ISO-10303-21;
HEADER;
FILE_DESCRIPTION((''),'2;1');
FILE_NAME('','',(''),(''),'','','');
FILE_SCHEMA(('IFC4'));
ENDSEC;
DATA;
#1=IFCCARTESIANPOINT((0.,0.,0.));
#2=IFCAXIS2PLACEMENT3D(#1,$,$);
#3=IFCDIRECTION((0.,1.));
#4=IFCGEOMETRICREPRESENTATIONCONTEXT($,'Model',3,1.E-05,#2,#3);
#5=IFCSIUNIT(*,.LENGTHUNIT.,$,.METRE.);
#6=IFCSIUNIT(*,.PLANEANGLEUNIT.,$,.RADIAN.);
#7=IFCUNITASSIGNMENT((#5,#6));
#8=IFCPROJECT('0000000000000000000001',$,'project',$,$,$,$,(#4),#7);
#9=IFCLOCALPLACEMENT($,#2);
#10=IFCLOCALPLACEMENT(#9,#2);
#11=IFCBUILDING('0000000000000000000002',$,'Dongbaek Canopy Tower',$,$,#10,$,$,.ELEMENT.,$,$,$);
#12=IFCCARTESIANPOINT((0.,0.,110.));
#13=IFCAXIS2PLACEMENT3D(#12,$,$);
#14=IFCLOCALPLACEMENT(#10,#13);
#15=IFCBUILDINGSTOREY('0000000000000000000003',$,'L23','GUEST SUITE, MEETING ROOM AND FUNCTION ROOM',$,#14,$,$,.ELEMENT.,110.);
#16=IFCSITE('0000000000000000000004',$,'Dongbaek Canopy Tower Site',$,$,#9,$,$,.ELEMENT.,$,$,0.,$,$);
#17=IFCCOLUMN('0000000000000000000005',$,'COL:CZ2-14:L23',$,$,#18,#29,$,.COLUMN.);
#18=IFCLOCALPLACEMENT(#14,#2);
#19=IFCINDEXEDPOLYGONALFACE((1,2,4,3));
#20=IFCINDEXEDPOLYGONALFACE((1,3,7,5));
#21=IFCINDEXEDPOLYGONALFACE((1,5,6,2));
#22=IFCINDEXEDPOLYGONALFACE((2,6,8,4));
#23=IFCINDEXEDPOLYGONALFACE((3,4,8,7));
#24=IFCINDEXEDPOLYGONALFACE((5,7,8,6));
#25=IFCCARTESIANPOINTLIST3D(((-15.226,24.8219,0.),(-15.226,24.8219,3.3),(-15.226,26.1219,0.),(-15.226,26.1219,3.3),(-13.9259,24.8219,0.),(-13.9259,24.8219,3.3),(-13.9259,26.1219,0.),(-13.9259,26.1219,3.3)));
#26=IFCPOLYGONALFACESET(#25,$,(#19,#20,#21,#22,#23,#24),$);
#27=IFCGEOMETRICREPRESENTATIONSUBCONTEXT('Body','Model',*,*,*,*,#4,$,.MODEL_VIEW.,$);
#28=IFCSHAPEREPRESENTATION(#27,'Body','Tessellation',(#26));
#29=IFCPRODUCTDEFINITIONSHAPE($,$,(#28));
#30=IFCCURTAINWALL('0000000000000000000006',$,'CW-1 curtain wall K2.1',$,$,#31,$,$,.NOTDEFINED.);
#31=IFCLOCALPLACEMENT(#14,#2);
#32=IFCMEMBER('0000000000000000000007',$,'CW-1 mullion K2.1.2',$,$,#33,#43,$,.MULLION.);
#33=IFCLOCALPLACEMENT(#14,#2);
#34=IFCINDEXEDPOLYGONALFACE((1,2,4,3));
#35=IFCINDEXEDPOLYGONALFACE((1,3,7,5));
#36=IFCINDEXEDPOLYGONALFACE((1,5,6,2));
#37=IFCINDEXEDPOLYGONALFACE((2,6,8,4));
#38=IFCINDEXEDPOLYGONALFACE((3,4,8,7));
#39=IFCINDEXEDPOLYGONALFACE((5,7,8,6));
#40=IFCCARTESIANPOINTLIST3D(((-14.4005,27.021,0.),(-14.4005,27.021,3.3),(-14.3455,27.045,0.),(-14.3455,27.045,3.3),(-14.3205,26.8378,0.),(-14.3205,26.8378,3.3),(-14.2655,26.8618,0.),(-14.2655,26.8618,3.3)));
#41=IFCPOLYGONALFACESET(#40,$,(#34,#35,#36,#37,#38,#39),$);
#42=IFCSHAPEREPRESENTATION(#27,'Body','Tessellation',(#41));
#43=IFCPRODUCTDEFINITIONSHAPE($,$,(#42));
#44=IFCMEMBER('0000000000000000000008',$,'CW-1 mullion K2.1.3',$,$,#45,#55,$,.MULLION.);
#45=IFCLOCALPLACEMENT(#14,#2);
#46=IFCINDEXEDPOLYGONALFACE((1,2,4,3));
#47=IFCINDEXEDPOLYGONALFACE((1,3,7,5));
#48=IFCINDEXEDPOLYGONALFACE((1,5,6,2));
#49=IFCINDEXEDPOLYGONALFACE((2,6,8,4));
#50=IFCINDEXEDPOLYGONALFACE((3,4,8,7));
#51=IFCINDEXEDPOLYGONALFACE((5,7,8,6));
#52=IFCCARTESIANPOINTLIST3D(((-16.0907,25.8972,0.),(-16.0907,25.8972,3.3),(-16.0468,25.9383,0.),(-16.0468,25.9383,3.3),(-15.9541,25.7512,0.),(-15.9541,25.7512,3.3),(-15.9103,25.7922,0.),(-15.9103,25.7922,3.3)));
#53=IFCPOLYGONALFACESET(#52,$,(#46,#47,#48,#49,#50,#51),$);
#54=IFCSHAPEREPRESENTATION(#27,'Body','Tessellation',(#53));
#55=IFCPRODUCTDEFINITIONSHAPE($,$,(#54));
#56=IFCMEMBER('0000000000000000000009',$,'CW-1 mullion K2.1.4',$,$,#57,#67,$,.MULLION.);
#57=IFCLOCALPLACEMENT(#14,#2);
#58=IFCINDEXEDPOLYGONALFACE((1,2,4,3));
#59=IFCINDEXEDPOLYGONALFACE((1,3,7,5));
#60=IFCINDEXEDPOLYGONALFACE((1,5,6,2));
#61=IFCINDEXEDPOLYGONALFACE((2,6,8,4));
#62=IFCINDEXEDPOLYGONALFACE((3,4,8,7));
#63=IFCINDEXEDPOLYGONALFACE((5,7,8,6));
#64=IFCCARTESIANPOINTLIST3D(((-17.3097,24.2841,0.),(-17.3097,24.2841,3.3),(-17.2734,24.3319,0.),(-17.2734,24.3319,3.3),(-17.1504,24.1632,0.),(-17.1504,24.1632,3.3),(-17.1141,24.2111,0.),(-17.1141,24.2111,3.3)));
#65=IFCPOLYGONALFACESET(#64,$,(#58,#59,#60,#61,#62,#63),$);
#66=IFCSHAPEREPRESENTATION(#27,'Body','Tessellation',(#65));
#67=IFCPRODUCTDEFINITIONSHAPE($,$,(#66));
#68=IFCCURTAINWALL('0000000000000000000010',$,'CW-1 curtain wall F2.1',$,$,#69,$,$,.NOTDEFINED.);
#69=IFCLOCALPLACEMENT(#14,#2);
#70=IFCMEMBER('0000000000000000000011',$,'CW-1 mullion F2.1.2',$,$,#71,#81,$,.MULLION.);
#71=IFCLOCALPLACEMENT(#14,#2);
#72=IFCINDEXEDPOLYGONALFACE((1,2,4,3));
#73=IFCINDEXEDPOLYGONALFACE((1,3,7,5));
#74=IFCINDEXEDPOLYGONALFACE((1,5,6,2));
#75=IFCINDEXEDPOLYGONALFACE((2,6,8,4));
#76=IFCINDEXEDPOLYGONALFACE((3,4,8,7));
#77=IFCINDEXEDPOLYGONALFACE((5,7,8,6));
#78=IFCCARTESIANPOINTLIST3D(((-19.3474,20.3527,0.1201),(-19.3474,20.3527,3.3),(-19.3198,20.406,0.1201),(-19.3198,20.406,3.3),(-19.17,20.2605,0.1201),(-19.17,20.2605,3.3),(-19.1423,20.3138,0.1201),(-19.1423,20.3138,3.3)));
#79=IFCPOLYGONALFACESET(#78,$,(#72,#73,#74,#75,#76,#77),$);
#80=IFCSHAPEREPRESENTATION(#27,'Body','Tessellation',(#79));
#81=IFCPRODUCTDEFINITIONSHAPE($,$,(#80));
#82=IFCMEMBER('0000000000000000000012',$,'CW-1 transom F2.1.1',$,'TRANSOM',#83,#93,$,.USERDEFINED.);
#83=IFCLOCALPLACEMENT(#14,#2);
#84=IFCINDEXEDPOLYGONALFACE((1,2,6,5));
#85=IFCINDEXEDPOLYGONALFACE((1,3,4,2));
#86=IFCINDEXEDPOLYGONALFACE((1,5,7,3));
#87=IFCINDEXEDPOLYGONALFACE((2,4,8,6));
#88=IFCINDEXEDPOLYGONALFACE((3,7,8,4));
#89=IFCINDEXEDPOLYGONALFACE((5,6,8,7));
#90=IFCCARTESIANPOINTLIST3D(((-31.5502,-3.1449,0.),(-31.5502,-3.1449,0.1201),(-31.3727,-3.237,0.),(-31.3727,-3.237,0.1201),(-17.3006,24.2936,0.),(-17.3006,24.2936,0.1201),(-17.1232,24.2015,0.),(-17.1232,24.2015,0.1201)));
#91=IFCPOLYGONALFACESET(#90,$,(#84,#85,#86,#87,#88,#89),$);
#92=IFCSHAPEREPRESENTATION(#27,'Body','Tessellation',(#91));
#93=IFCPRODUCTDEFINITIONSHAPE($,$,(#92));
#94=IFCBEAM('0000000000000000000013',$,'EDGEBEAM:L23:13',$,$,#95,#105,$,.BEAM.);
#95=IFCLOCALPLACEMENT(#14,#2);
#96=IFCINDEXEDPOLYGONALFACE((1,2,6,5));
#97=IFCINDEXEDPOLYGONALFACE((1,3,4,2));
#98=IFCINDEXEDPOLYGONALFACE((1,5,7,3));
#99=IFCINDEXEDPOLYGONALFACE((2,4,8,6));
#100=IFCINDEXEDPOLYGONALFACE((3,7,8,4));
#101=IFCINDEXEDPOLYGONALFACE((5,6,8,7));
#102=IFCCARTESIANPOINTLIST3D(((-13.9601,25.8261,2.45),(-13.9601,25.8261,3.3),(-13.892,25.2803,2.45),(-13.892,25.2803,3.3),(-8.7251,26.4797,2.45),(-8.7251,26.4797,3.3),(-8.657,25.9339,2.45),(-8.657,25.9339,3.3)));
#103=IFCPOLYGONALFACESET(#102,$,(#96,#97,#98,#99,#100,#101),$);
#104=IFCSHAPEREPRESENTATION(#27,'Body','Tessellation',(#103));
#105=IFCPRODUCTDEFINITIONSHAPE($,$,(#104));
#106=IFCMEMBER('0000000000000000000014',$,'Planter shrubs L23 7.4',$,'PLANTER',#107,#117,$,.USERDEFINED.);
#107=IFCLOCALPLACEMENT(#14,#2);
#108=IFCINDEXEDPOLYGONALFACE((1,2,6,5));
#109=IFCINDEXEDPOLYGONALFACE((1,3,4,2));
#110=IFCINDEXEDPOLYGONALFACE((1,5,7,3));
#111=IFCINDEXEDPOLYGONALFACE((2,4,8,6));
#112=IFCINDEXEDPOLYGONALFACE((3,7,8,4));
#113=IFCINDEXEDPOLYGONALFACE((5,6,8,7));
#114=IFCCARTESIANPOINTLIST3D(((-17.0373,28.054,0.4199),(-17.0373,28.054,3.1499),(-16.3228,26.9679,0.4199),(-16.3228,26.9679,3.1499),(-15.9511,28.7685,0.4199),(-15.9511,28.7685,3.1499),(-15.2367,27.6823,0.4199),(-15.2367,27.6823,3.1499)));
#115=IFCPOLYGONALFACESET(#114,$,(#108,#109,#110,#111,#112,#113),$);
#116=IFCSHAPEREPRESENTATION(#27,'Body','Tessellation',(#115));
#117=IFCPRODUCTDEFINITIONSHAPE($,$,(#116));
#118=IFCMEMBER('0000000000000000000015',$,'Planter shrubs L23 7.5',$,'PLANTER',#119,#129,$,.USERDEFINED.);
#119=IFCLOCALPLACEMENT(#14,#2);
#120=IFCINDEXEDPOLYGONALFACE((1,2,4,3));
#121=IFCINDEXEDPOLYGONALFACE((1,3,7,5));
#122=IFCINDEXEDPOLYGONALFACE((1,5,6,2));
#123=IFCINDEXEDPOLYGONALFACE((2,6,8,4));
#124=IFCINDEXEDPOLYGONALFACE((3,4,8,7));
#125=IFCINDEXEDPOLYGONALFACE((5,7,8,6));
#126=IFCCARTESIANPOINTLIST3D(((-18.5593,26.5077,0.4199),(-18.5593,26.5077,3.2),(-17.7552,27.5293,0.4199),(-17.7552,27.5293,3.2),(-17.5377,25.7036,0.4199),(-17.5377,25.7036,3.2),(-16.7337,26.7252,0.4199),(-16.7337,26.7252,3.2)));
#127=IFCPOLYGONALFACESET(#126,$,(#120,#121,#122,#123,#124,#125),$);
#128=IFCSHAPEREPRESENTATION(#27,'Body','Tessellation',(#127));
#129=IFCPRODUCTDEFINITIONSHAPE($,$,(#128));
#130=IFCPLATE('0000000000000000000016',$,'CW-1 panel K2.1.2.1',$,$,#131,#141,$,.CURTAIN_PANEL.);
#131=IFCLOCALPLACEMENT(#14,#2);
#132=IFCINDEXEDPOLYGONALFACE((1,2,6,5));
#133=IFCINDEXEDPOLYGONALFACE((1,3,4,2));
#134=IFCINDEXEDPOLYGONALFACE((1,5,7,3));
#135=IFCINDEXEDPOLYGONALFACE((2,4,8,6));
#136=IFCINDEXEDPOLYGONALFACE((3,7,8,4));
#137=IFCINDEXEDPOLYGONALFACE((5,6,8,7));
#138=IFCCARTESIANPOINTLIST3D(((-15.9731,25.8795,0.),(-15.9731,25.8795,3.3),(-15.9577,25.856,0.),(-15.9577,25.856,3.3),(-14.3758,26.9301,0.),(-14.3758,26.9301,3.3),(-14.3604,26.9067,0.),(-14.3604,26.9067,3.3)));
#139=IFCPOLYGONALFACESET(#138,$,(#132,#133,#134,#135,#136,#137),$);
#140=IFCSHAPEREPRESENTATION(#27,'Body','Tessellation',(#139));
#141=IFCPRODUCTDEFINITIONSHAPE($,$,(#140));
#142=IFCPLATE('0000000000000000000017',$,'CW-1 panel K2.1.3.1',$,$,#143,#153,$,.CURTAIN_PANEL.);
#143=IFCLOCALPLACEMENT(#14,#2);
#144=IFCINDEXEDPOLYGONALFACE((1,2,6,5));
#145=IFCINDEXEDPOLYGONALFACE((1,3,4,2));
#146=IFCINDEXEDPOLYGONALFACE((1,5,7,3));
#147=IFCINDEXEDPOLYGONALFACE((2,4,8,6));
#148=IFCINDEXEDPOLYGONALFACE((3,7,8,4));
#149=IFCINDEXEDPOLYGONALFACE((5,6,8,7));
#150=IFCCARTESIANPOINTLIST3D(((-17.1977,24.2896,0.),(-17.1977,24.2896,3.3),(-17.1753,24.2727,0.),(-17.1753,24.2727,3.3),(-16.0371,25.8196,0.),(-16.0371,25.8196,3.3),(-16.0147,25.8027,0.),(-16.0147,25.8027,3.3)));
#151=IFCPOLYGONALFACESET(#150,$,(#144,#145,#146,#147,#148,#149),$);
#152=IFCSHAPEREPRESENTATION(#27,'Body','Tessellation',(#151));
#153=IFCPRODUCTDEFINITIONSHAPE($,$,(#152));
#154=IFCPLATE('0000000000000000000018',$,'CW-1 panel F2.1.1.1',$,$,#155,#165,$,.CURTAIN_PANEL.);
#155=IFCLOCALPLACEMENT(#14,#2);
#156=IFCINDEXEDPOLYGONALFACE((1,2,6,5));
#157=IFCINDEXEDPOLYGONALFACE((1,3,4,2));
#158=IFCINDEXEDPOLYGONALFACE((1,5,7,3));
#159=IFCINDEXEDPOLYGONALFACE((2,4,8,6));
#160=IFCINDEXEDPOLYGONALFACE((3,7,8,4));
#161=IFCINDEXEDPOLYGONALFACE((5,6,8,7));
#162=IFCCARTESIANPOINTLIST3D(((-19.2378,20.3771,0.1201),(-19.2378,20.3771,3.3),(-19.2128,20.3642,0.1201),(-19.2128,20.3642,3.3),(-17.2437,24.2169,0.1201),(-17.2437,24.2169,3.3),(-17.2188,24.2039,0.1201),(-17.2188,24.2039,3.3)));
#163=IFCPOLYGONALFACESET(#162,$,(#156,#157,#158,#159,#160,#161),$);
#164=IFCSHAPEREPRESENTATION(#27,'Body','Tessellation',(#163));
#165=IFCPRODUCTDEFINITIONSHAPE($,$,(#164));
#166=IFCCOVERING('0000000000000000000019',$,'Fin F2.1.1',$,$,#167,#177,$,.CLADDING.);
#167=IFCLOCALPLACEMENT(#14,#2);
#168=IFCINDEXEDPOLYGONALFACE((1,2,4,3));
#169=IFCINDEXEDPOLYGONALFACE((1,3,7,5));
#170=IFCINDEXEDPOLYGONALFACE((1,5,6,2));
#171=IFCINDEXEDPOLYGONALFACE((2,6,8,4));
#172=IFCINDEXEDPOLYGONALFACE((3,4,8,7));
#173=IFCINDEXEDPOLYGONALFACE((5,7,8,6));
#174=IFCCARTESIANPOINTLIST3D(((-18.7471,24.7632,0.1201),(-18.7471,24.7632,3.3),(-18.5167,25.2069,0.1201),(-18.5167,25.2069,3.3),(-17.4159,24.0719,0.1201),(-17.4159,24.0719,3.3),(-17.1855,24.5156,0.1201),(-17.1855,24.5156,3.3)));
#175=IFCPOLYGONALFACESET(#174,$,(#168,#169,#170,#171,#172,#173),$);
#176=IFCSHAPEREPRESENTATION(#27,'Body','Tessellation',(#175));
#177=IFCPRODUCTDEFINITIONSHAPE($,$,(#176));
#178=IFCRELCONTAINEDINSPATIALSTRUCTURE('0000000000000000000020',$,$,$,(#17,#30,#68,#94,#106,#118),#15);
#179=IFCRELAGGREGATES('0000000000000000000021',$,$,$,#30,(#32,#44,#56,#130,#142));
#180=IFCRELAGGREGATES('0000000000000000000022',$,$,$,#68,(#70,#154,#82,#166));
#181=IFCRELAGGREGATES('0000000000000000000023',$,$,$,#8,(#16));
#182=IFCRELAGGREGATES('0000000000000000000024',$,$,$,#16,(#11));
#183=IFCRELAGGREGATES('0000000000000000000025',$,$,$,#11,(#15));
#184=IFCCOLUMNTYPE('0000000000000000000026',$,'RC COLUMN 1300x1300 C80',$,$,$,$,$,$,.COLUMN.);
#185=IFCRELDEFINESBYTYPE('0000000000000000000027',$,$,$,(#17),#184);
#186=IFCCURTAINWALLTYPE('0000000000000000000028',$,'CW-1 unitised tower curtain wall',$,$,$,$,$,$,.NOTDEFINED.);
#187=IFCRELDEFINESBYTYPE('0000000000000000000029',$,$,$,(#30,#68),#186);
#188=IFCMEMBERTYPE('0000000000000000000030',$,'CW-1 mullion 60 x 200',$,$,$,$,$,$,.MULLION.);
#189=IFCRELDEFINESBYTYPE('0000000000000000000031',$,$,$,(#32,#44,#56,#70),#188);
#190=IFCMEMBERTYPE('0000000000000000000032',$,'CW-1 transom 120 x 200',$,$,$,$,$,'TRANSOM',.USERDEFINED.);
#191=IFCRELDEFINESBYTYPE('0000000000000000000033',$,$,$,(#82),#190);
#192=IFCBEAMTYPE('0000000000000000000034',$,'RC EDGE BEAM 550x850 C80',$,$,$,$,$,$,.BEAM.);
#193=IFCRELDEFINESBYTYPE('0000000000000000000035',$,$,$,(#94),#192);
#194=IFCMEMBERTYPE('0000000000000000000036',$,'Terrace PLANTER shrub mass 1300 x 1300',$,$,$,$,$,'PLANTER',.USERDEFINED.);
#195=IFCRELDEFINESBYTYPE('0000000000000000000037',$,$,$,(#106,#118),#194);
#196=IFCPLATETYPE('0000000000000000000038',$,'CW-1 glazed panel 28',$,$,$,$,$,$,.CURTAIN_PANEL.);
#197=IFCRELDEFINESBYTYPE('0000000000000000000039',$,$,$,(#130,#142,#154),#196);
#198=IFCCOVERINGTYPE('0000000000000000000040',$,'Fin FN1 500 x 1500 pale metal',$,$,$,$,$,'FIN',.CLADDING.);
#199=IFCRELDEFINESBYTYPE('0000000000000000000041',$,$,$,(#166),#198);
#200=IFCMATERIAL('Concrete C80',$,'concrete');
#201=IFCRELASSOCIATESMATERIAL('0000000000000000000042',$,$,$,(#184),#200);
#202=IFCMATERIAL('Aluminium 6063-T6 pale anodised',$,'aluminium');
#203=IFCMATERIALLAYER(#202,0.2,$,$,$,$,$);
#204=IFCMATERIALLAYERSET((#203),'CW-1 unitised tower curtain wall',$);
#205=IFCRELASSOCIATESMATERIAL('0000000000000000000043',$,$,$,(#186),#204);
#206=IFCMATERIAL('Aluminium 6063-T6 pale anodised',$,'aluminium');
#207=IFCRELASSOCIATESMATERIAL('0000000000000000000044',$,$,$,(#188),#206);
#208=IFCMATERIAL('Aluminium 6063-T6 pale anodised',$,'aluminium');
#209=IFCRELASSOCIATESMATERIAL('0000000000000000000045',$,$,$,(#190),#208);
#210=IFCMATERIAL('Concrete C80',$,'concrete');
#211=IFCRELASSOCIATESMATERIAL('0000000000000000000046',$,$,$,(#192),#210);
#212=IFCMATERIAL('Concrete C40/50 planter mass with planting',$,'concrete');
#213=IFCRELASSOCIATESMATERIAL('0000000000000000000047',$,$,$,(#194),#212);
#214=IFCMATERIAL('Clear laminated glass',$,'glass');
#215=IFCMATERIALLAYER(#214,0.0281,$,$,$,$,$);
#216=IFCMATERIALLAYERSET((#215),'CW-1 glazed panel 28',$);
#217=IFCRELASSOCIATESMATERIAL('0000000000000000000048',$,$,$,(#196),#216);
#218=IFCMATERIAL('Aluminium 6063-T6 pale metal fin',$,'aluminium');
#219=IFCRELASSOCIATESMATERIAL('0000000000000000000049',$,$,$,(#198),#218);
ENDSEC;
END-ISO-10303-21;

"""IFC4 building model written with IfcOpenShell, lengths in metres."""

from ifc_helpers import new_model, si_unit, direction, frame, origin, origin_2d, place, context, subcontext, project, spatial, rectangle, extrude, material, layer, layer_set, material_profile, profile_set, type_object, element, aggregate, save


model = new_model("IFC4")

# Units and contexts
model_context = context("Model", 3, precision=1e-05, world=origin(), true_north=direction((0.0, 1.0)))
body_context = subcontext(model_context, "Body", "Model", "MODEL_VIEW")
ifc_project = project(units=[si_unit("LENGTHUNIT", "METRE"), si_unit("PLANEANGLEUNIT", "RADIAN")], contexts=[model_context])

# Site, building, storey
site_placement = place(None, origin())
site = spatial("IfcSite", under=ifc_project, at=site_placement, Name="Dongbaek Canopy Tower Site", CompositionType="ELEMENT", RefElevation=0.0)
building_placement = place(site_placement, origin())
building = spatial("IfcBuilding", under=site, at=building_placement, Name="Dongbaek Canopy Tower", CompositionType="ELEMENT")
storey_placement = place(building_placement, frame((0.0, 0.0, 110.0)))
storey = spatial("IfcBuildingStorey", under=building, at=storey_placement, Name="L23", Description="GUEST SUITE, MEETING ROOM AND FUNCTION ROOM", CompositionType="ELEMENT", Elevation=110.0)

# Column
ifc_material_1 = material(Name="Concrete C80", Category="concrete")
ifc_material_profile_1 = material_profile(ifc_material_1, rectangle(XDim=1.3, YDim=1.3, at=origin_2d()), Name="RC COLUMN 1300x1300 C80")
ifc_profile_set_1 = profile_set([ifc_material_profile_1], Name="Concrete C80")
column_type = type_object("IfcColumnType", Name="RC COLUMN 1300x1300 C80", PredefinedType="COLUMN", material=ifc_profile_set_1)
column_placement = place(storey_placement, frame((-14.5759, 25.4719, 0.0), z_axis=(0.0, 0.0, 1.0), x_axis=(1.0, 0.0, 0.0)))
element("IfcColumn", 1, at=column_placement, inside=storey, type_object=column_type, Name="COL:CZ2-14:L23", PredefinedType="COLUMN", context=body_context, shape_type="SweptSolid", body=[
    extrude(rectangle(XDim=1.3, YDim=1.3, at=origin_2d()), origin(), (0.0, 0.0, 1.0), 3.3),
])

# Curtain walls, members
ifc_material_2 = material(Name="Aluminium 6063-T6 pale anodised", Category="aluminium")
ifc_layer_1 = layer(ifc_material_2, 0.2)
ifc_layer_set_1 = layer_set([ifc_layer_1], Name="CW-1 unitised tower curtain wall")
curtain_wall_type = type_object("IfcCurtainWallType", Name="CW-1 unitised tower curtain wall", PredefinedType="NOTDEFINED", material=ifc_layer_set_1)
curtain_wall_1_placement = place(storey_placement, origin())
curtain_wall_1 = element("IfcCurtainWall", 2, at=curtain_wall_1_placement, inside=storey, type_object=curtain_wall_type, Name="CW-1 curtain wall K2.1", PredefinedType="NOTDEFINED")
ifc_material_3 = material(Name="Aluminium 6063-T6 pale anodised", Category="aluminium")
ifc_material_profile_2 = material_profile(ifc_material_3, rectangle(XDim=0.2, YDim=0.0601, at=origin_2d()), Name="CW-1 mullion 60 x 200")
ifc_profile_set_2 = profile_set([ifc_material_profile_2], Name="Aluminium 6063-T6 pale anodised")
member_type_1 = type_object("IfcMemberType", Name="CW-1 mullion 60 x 200", PredefinedType="MULLION", material=ifc_profile_set_2)
member_1_placement = place(storey_placement, frame((-14.333, 26.9414, 0.0), z_axis=(0.0, 0.0, 1.0), x_axis=(-0.400265, 0.916399, 0.0)))
member_1 = element("IfcMember", 3, at=member_1_placement, type_object=member_type_1, Name="CW-1 mullion K2.1.2", PredefinedType="MULLION", context=body_context, shape_type="SweptSolid", body=[
    extrude(rectangle(XDim=0.2, YDim=0.0601, at=origin_2d()), origin(), (0.0, 0.0, 1.0), 3.3),
])
member_2_placement = place(storey_placement, frame((-16.0005, 25.8447, 0.0), z_axis=(0.0, 0.0, 1.0), x_axis=(-0.682961, 0.730455, 0.0)))
member_2 = element("IfcMember", 4, at=member_2_placement, type_object=member_type_1, Name="CW-1 mullion K2.1.3", PredefinedType="MULLION", context=body_context, shape_type="SweptSolid", body=[
    extrude(rectangle(XDim=0.2, YDim=0.0601, at=origin_2d()), origin(), (0.0, 0.0, 1.0), 3.3),
])
member_3_placement = place(storey_placement, frame((-17.2119, 24.2476, 0.0), z_axis=(0.0, 0.0, 1.0), x_axis=(-0.796696, 0.60438, 0.0)))
member_3 = element("IfcMember", 5, at=member_3_placement, type_object=member_type_1, Name="CW-1 mullion K2.1.4", PredefinedType="MULLION", context=body_context, shape_type="SweptSolid", body=[
    extrude(rectangle(XDim=0.2, YDim=0.0601, at=origin_2d()), origin(), (0.0, 0.0, 1.0), 3.3),
])
curtain_wall_2_placement = place(storey_placement, origin())
curtain_wall_2 = element("IfcCurtainWall", 6, at=curtain_wall_2_placement, inside=storey, type_object=curtain_wall_type, Name="CW-1 curtain wall F2.1", PredefinedType="NOTDEFINED")
member_4_placement = place(storey_placement, frame((-19.2449, 20.3333, 0.1201), z_axis=(0.0, 0.0, 1.0), x_axis=(-0.887463, 0.46088, 0.0)))
member_4 = element("IfcMember", 7, at=member_4_placement, type_object=member_type_1, Name="CW-1 mullion F2.1.2", PredefinedType="MULLION", context=body_context, shape_type="SweptSolid", body=[
    extrude(rectangle(XDim=0.2, YDim=0.0601, at=origin_2d()), origin(), (0.0, 0.0, 1.0), 3.1799),
])
ifc_material_4 = material(Name="Aluminium 6063-T6 pale anodised", Category="aluminium")
ifc_material_profile_3 = material_profile(ifc_material_4, rectangle(XDim=0.2, YDim=0.1201, at=origin_2d()), Name="CW-1 transom 120 x 200")
ifc_profile_set_3 = profile_set([ifc_material_profile_3], Name="Aluminium 6063-T6 pale anodised")
member_type_2 = type_object("IfcMemberType", Name="CW-1 transom 120 x 200", ElementType="TRANSOM", PredefinedType="USERDEFINED", material=ifc_profile_set_3)
member_5_placement = place(storey_placement, frame((-17.2119, 24.2476, 0.0601), z_axis=(-0.460882, -0.887462, 0.0), x_axis=(0.887462, -0.460882, 0.0)))
member_5 = element("IfcMember", 8, at=member_5_placement, type_object=member_type_2, Name="CW-1 transom F2.1.1", ObjectType="TRANSOM", PredefinedType="USERDEFINED", context=body_context, shape_type="SweptSolid", body=[
    extrude(rectangle(XDim=0.2, YDim=0.1201, at=origin_2d()), origin(), (0.0, 0.0, 1.0), 30.918),
])

# Beam
ifc_material_5 = material(Name="Concrete C80", Category="concrete")
ifc_material_profile_4 = material_profile(ifc_material_5, rectangle(XDim=0.55, YDim=0.8501, at=origin_2d()), Name="RC EDGE BEAM 550x850 C80")
ifc_profile_set_4 = profile_set([ifc_material_profile_4], Name="Concrete C80")
beam_type = type_object("IfcBeamType", Name="RC EDGE BEAM 550x850 C80", PredefinedType="BEAM", material=ifc_profile_set_4)
beam_placement = place(storey_placement, frame((-13.926, 25.5532, 2.875), z_axis=(0.992297, 0.123881, 0.0), x_axis=(-0.123881, 0.992297, 0.0)))
element("IfcBeam", 9, at=beam_placement, inside=storey, type_object=beam_type, Name="EDGEBEAM:L23:13", PredefinedType="BEAM", context=body_context, shape_type="SweptSolid", body=[
    extrude(rectangle(XDim=0.55, YDim=0.8501, at=origin_2d()), origin(), (0.0, 0.0, 1.0), 5.2756),
])

# Members
ifc_material_6 = material(Name="Concrete C40/50 planter mass with planting", Category="concrete")
ifc_material_profile_5 = material_profile(ifc_material_6, rectangle(XDim=1.3, YDim=1.3, at=origin_2d()), Name="Terrace PLANTER shrub mass 1300 x 1300")
ifc_profile_set_5 = profile_set([ifc_material_profile_5], Name="Concrete C40/50 planter mass with planting")
member_type_3 = type_object("IfcMemberType", Name="Terrace PLANTER shrub mass 1300 x 1300", ElementType="PLANTER", PredefinedType="USERDEFINED", material=ifc_profile_set_5)
member_6_placement = place(storey_placement, frame((-16.137, 27.8682, 0.4199), z_axis=(0.0, 0.0, 1.0), x_axis=(-0.549535, 0.835471, 0.0)))
element("IfcMember", 10, at=member_6_placement, inside=storey, type_object=member_type_3, Name="Planter shrubs L23 7.4", ObjectType="PLANTER", PredefinedType="USERDEFINED", context=body_context, shape_type="SweptSolid", body=[
    extrude(rectangle(XDim=1.3, YDim=1.3, at=origin_2d()), origin(), (0.0, 0.0, 1.0), 2.73),
])
member_7_placement = place(storey_placement, frame((-17.6465, 26.6165, 0.4199), z_axis=(0.0, 0.0, 1.0), x_axis=(-0.785794, 0.618489, 0.0)))
element("IfcMember", 11, at=member_7_placement, inside=storey, type_object=member_type_3, Name="Planter shrubs L23 7.5", ObjectType="PLANTER", PredefinedType="USERDEFINED", context=body_context, shape_type="SweptSolid", body=[
    extrude(rectangle(XDim=1.3, YDim=1.3, at=origin_2d()), origin(), (0.0, 0.0, 1.0), 2.78),
])

# Plates
ifc_material_7 = material(Name="Clear laminated glass", Category="glass")
ifc_layer_2 = layer(ifc_material_7, 0.0281)
ifc_layer_set_2 = layer_set([ifc_layer_2], Name="CW-1 glazed panel 28")
plate_type = type_object("IfcPlateType", Name="CW-1 glazed panel 28", PredefinedType="CURTAIN_PANEL", material=ifc_layer_set_2)
plate_1_placement = place(storey_placement, frame((-15.1667, 26.3931, 0.0), z_axis=(0.0, 0.0, 1.0), x_axis=(-0.835471, -0.549535, 0.0)))
plate_1 = element("IfcPlate", 12, at=plate_1_placement, type_object=plate_type, Name="CW-1 panel K2.1.2.1", PredefinedType="CURTAIN_PANEL", context=body_context, shape_type="SweptSolid", body=[
    extrude(rectangle(XDim=1.9119, YDim=0.0281, at=origin_2d()), origin(), (0.0, 0.0, 1.0), 3.3),
])
plate_2_placement = place(storey_placement, frame((-16.6062, 25.0461, 0.0), z_axis=(0.0, 0.0, 1.0), x_axis=(-0.60438, -0.796696, 0.0)))
plate_2 = element("IfcPlate", 13, at=plate_2_placement, type_object=plate_type, Name="CW-1 panel K2.1.3.1", PredefinedType="CURTAIN_PANEL", context=body_context, shape_type="SweptSolid", body=[
    extrude(rectangle(XDim=1.9204, YDim=0.0281, at=origin_2d()), origin(), (0.0, 0.0, 1.0), 3.3),
])
aggregate(curtain_wall_1, [member_1, member_2, member_3, plate_1, plate_2])
plate_3_placement = place(storey_placement, frame((-18.2283, 22.2905, 0.1201), z_axis=(0.0, 0.0, 1.0), x_axis=(-0.46088, -0.887463, 0.0)))
plate_3 = element("IfcPlate", 14, at=plate_3_placement, type_object=plate_type, Name="CW-1 panel F2.1.1.1", PredefinedType="CURTAIN_PANEL", context=body_context, shape_type="SweptSolid", body=[
    extrude(rectangle(XDim=4.3267, YDim=0.0281, at=origin_2d()), origin(), (0.0, 0.0, 1.0), 3.1799),
])

# Covering
ifc_material_8 = material(Name="Aluminium 6063-T6 pale metal fin", Category="aluminium")
ifc_material_profile_6 = material_profile(ifc_material_8, rectangle(XDim=1.5, YDim=0.5, at=origin_2d()), Name="Fin FN1 500 x 1500 pale metal")
ifc_profile_set_6 = profile_set([ifc_material_profile_6], Name="Aluminium 6063-T6 pale metal fin")
covering_type = type_object("IfcCoveringType", Name="Fin FN1 500 x 1500 pale metal", ElementType="FIN", PredefinedType="CLADDING", material=ifc_profile_set_6)
covering_placement = place(storey_placement, frame((-17.9663, 24.6394, 0.1201), z_axis=(0.0, 0.0, 1.0), x_axis=(-0.887463, 0.46088, 0.0)))
covering = element("IfcCovering", 15, at=covering_placement, type_object=covering_type, Name="Fin F2.1.1", PredefinedType="CLADDING", context=body_context, shape_type="SweptSolid", body=[
    extrude(rectangle(XDim=1.5, YDim=0.5, at=origin_2d()), origin(), (0.0, 0.0, 1.0), 3.1799),
])
aggregate(curtain_wall_2, [member_4, plate_3, member_5, covering])

save(model, "model.ifc")
